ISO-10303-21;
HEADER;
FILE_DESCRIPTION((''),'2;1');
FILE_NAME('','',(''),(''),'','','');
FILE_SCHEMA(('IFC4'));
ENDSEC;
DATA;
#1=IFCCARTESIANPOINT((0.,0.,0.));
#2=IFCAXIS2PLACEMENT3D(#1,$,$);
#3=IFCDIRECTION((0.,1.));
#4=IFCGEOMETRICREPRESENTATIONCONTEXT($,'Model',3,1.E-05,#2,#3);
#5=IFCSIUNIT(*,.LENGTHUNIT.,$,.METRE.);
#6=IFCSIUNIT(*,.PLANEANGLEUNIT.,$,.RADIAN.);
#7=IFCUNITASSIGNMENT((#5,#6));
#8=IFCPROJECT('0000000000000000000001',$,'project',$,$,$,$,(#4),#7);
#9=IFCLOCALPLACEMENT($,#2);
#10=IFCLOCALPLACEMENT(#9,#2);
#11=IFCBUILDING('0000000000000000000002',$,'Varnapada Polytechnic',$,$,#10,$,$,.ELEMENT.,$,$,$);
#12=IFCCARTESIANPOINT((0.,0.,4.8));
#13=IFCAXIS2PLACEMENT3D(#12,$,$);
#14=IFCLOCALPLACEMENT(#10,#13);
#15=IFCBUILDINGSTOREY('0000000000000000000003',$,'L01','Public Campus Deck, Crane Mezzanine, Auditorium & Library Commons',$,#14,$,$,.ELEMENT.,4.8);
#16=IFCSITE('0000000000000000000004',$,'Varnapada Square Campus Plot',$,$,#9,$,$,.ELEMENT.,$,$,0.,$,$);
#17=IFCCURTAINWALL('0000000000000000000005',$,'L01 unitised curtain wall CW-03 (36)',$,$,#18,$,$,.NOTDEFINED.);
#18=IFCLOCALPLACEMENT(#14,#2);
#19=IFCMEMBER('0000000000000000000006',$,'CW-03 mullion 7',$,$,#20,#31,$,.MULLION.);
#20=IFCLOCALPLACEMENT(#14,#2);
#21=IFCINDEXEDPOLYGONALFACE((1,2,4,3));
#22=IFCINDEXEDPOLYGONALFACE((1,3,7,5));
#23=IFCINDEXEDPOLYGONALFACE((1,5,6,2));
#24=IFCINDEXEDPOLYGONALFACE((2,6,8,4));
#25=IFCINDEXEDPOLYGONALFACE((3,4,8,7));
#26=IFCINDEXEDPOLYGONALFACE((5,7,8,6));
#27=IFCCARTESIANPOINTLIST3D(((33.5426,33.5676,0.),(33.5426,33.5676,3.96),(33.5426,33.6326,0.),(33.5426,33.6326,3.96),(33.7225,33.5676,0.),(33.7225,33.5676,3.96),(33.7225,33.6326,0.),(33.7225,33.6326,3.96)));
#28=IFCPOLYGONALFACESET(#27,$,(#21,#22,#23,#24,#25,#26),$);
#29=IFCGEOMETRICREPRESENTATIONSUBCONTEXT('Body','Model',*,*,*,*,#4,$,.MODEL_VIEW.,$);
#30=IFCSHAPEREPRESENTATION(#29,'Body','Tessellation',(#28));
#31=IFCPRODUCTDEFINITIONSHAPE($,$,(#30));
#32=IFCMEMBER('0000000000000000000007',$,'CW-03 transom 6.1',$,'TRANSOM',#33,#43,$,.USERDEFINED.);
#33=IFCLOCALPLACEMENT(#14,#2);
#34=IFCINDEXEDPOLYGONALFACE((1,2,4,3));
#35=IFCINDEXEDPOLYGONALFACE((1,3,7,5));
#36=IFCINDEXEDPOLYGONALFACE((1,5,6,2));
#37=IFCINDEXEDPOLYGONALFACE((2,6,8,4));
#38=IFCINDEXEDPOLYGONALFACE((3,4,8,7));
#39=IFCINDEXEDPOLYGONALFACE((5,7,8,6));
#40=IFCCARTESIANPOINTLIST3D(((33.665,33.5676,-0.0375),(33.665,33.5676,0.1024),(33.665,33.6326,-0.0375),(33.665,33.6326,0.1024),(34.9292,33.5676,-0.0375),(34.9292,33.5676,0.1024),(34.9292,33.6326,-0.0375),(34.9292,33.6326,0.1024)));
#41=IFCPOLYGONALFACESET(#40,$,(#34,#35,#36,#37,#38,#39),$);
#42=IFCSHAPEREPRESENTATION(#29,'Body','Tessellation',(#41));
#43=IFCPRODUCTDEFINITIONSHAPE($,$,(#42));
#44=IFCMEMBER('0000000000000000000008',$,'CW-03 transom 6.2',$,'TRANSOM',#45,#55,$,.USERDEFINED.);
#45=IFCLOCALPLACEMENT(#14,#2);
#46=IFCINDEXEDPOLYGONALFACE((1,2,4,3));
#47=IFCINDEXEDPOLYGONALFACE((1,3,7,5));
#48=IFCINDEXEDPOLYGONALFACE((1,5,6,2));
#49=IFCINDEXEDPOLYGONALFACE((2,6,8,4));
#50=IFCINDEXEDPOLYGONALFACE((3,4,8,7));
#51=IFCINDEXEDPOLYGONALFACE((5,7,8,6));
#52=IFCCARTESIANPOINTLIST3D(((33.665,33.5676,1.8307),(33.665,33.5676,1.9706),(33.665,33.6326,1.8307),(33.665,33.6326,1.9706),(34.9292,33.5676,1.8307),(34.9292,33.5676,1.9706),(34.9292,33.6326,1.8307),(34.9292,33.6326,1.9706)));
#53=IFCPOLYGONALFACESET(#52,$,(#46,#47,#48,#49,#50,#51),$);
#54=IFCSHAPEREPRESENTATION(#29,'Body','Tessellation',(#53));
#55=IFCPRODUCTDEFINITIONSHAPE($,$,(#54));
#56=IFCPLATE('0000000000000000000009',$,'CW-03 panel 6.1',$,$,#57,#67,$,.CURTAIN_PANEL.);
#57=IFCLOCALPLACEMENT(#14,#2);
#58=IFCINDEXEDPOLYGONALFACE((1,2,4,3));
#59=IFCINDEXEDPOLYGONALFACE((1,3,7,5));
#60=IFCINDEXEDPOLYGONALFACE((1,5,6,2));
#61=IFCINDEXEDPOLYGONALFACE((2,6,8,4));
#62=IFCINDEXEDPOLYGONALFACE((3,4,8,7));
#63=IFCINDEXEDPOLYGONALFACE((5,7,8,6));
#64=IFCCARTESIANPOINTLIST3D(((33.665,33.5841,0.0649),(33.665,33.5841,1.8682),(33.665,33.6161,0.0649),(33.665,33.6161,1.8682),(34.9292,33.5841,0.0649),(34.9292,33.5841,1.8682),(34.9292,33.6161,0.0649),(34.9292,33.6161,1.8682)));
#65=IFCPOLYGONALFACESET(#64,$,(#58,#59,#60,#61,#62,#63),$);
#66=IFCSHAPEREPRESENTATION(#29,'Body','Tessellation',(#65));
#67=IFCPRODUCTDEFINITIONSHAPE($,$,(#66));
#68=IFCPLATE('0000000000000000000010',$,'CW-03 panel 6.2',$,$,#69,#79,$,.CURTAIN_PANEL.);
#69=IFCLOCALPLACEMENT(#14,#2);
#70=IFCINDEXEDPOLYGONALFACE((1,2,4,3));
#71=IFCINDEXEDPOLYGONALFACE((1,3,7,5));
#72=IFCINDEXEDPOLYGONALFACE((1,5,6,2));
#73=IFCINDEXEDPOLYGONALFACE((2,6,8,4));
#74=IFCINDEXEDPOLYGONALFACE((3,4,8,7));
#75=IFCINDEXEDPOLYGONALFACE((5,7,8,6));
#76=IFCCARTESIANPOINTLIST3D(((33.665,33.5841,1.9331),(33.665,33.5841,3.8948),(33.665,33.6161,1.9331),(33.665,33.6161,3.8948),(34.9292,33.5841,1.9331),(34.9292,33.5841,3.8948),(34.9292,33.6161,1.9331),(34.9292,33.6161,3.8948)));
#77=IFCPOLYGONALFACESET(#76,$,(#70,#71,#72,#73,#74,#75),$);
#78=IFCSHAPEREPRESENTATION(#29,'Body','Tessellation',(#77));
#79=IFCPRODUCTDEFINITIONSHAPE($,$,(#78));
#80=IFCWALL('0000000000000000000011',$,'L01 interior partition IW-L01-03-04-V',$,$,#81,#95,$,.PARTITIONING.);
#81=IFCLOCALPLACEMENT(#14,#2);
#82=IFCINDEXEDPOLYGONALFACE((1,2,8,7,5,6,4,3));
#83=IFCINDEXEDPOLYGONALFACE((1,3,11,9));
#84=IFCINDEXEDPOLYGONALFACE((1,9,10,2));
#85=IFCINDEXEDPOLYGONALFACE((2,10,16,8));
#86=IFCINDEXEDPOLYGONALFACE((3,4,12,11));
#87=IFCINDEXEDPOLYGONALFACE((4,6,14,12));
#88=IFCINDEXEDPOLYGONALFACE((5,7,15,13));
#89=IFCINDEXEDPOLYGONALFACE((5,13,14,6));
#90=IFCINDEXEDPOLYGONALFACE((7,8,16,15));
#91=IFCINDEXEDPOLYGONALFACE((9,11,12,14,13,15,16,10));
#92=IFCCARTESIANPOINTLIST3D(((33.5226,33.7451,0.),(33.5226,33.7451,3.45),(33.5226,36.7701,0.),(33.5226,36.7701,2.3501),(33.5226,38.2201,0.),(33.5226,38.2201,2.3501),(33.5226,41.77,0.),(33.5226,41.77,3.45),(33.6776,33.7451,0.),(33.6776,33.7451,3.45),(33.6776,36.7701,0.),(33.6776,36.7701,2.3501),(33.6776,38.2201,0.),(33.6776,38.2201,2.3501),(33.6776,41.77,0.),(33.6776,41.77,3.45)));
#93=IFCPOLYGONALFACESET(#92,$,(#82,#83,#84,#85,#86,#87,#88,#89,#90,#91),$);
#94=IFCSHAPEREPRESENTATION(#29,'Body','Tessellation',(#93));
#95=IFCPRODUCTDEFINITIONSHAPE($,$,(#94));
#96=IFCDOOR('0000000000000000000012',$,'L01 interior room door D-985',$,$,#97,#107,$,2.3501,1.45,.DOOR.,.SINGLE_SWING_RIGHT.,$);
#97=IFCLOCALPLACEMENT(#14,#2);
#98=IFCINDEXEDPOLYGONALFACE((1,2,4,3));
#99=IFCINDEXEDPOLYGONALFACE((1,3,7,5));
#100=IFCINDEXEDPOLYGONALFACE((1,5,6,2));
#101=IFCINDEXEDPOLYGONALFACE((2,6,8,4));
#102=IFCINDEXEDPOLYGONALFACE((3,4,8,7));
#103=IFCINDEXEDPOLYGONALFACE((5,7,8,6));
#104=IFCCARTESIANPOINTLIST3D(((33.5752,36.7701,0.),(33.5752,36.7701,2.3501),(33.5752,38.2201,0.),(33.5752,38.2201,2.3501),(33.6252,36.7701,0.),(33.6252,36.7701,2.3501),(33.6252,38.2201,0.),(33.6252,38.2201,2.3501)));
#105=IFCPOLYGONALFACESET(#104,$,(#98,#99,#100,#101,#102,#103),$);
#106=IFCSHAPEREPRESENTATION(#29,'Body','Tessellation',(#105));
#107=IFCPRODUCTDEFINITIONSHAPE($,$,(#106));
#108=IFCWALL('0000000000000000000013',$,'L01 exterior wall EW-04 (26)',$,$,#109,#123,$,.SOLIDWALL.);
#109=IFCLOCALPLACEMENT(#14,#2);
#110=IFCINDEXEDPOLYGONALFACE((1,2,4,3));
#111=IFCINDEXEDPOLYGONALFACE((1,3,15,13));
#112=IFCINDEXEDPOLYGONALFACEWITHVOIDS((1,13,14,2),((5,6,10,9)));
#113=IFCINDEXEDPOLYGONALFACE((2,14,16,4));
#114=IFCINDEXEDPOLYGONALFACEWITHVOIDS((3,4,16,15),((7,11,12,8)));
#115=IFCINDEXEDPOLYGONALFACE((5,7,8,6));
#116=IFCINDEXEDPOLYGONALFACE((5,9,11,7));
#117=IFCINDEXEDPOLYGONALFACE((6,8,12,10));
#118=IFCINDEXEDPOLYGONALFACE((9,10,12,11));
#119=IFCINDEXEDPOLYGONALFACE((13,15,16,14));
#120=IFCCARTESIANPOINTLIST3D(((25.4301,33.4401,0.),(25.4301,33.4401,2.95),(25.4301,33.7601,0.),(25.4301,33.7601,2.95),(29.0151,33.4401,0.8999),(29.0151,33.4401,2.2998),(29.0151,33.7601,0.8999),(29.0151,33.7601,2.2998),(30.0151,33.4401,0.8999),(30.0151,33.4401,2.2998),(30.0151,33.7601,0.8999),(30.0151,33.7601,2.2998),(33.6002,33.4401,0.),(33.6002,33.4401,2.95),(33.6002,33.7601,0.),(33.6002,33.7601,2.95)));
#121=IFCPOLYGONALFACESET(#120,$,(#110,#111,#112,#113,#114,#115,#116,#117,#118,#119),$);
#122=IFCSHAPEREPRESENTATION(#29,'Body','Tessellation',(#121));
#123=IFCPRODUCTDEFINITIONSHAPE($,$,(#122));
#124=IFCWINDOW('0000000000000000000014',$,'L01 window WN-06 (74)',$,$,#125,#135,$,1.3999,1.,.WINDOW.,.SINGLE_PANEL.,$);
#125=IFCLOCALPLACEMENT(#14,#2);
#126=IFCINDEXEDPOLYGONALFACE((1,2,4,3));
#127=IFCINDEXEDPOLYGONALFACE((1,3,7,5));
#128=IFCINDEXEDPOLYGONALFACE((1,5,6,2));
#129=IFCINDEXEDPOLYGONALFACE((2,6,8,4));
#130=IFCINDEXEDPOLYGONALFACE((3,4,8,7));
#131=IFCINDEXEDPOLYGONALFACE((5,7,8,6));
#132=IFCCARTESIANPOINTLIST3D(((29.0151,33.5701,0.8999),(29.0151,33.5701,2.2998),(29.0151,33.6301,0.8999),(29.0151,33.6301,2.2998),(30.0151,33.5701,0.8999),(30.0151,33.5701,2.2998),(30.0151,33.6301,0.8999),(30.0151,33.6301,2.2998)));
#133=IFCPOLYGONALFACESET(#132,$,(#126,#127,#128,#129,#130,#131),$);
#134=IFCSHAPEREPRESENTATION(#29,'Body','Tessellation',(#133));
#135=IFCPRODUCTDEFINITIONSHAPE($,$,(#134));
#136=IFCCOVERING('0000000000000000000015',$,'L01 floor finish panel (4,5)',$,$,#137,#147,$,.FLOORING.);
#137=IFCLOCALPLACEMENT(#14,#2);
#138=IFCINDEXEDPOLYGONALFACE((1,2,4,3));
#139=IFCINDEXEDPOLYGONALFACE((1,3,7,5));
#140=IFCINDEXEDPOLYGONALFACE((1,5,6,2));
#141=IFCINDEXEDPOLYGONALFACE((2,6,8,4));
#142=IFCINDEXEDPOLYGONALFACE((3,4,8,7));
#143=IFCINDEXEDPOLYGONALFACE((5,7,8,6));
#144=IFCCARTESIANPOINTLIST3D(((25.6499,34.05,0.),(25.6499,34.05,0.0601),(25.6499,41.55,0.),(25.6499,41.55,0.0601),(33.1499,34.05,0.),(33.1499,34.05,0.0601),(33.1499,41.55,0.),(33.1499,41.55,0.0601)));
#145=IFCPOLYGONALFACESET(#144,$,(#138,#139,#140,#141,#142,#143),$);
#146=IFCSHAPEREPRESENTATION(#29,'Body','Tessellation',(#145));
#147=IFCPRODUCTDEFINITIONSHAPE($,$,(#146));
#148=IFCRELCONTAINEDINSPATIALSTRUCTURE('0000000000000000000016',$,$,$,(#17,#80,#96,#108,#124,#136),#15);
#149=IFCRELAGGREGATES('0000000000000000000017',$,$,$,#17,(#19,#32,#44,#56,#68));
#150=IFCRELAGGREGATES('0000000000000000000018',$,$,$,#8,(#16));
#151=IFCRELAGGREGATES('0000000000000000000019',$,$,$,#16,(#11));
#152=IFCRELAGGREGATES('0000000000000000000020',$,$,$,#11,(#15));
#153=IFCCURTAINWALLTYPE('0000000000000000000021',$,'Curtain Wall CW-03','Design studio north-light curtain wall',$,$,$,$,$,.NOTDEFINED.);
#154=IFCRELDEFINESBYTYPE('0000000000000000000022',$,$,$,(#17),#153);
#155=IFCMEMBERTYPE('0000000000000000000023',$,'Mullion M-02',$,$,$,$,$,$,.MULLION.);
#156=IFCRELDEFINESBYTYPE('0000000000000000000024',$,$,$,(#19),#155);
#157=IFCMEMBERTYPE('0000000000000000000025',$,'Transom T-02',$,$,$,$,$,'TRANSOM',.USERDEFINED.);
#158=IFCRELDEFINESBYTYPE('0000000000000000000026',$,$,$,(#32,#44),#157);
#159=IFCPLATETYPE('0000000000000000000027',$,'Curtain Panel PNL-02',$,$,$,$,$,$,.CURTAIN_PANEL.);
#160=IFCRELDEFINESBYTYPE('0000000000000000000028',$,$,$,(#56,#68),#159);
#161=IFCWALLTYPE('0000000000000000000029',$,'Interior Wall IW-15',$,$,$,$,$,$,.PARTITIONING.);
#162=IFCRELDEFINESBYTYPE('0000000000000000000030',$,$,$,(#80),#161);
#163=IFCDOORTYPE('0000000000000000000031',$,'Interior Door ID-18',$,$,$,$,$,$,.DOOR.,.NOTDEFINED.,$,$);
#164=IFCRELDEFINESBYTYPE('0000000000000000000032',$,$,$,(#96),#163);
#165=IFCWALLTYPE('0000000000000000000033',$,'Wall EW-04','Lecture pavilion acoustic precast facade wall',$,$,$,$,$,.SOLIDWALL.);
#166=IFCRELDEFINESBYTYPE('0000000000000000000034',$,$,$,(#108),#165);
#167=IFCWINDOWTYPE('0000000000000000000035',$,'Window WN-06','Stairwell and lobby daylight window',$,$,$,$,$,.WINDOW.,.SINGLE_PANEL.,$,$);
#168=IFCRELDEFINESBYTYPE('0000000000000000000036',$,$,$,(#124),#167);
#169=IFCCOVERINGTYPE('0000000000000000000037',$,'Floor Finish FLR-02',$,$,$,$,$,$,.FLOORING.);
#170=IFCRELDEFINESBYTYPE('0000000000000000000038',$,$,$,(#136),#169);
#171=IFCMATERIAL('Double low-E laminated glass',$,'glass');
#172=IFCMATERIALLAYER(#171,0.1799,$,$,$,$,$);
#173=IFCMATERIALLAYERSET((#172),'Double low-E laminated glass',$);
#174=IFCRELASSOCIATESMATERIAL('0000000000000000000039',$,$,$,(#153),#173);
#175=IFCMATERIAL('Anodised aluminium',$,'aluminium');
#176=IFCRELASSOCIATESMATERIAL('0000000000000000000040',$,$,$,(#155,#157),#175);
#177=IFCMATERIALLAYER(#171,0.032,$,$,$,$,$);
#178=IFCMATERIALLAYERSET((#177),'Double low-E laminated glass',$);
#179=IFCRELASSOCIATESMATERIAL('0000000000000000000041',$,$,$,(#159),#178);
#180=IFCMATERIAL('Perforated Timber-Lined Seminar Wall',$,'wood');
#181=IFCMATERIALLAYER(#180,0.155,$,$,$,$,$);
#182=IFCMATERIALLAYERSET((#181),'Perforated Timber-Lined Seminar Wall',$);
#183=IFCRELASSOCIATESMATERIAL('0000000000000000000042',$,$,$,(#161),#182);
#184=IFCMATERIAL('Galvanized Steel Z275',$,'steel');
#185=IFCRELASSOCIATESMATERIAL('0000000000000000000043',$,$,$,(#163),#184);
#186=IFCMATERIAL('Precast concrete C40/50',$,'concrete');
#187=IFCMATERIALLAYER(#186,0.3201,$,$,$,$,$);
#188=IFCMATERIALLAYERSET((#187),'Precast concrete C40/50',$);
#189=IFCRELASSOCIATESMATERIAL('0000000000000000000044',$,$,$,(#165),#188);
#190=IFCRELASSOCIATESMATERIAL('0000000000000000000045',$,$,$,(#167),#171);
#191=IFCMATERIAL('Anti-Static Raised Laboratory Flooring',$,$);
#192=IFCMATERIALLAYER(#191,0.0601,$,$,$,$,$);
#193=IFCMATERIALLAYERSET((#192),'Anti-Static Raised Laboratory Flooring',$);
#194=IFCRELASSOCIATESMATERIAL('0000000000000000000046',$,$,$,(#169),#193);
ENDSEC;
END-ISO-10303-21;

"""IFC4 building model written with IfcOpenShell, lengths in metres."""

from ifc_helpers import new_model, si_unit, direction, frame, frame_2d, origin, origin_2d, place, context, subcontext, project, spatial, rectangle, extrude, material, layer, layer_set, material_profile, profile_set, type_object, element, fill, aggregate, save


model = new_model("IFC4")

# Units and contexts
model_context = context("Model", 3, precision=1e-05, world=origin(), true_north=direction((0.0, 1.0)))
body_context = subcontext(model_context, "Body", "Model", "MODEL_VIEW")
ifc_project = project(units=[si_unit("LENGTHUNIT", "METRE"), si_unit("PLANEANGLEUNIT", "RADIAN")], contexts=[model_context])

# Site, building, storey
site_placement = place(None, origin())
site = spatial("IfcSite", under=ifc_project, at=site_placement, Name="Varnapada Square Campus Plot", CompositionType="ELEMENT", RefElevation=0.0)
building_placement = place(site_placement, origin())
building = spatial("IfcBuilding", under=site, at=building_placement, Name="Varnapada Polytechnic", CompositionType="ELEMENT")
storey_placement = place(building_placement, frame((0.0, 0.0, 4.8)))
storey = spatial("IfcBuildingStorey", under=building, at=storey_placement, Name="L01", Description="Public Campus Deck, Crane Mezzanine, Auditorium & Library Commons", CompositionType="ELEMENT", Elevation=4.8)

# Curtain wall, members, plates
ifc_material_1 = material(Name="Double low-E laminated glass", Category="glass")
ifc_layer_1 = layer(ifc_material_1, 0.1799)
ifc_layer_set_1 = layer_set([ifc_layer_1], Name="Double low-E laminated glass")
curtain_wall_type = type_object("IfcCurtainWallType", Name="Curtain Wall CW-03", Description="Design studio north-light curtain wall", PredefinedType="NOTDEFINED", material=ifc_layer_set_1)
curtain_wall_placement = place(storey_placement, origin())
curtain_wall = element("IfcCurtainWall", 1, at=curtain_wall_placement, inside=storey, type_object=curtain_wall_type, Name="L01 unitised curtain wall CW-03 (36)", PredefinedType="NOTDEFINED")
ifc_material_2 = material(Name="Anodised aluminium", Category="aluminium")
ifc_material_profile_1 = material_profile(ifc_material_2, rectangle(XDim=0.0649, YDim=0.1799, at=origin_2d()), Name="ALU M65x180")
ifc_profile_set_1 = profile_set([ifc_material_profile_1], Name="Anodised aluminium")
member_type_1 = type_object("IfcMemberType", Name="Mullion M-02", PredefinedType="MULLION", material=ifc_profile_set_1)
member_1_placement = place(storey_placement, frame((33.6326, 33.6001, 0.0), z_axis=(0.0, 0.0, 1.0), x_axis=(0.0, -1.0, 0.0)))
member_1 = element("IfcMember", 2, at=member_1_placement, type_object=member_type_1, Name="CW-03 mullion 7", PredefinedType="MULLION", context=body_context, shape_type="SweptSolid", body=[
    extrude(rectangle(XDim=0.0649, YDim=0.1799, at=origin_2d()), origin(), (0.0, 0.0, 1.0), 3.96),
])
ifc_material_profile_2 = material_profile(ifc_material_2, rectangle(XDim=0.0649, YDim=0.1399, at=origin_2d()), Name="ALU T65x140")
ifc_profile_set_2 = profile_set([ifc_material_profile_2], Name="Anodised aluminium")
member_type_2 = type_object("IfcMemberType", Name="Transom T-02", ElementType="TRANSOM", PredefinedType="USERDEFINED", material=ifc_profile_set_2)
member_2_placement = place(storey_placement, frame((34.9292, 33.6001, 0.0325), z_axis=(-1.0, 0.0, 0.0), x_axis=(0.0, -1.0, 0.0)))
member_2 = element("IfcMember", 3, at=member_2_placement, type_object=member_type_2, Name="CW-03 transom 6.1", ObjectType="TRANSOM", PredefinedType="USERDEFINED", context=body_context, shape_type="SweptSolid", body=[
    extrude(rectangle(XDim=0.0649, YDim=0.1399, at=origin_2d()), origin(), (0.0, 0.0, 1.0), 1.2642),
])
member_3_placement = place(storey_placement, frame((34.9292, 33.6001, 1.9006), z_axis=(-1.0, 0.0, 0.0), x_axis=(0.0, -1.0, 0.0)))
member_3 = element("IfcMember", 4, at=member_3_placement, type_object=member_type_2, Name="CW-03 transom 6.2", ObjectType="TRANSOM", PredefinedType="USERDEFINED", context=body_context, shape_type="SweptSolid", body=[
    extrude(rectangle(XDim=0.0649, YDim=0.1399, at=origin_2d()), origin(), (0.0, 0.0, 1.0), 1.2642),
])
ifc_layer_2 = layer(ifc_material_1, 0.032)
ifc_layer_set_2 = layer_set([ifc_layer_2], Name="Double low-E laminated glass")
plate_type = type_object("IfcPlateType", Name="Curtain Panel PNL-02", PredefinedType="CURTAIN_PANEL", material=ifc_layer_set_2)
plate_1_placement = place(storey_placement, frame((34.2971, 33.6001, 0.0649), z_axis=(0.0, 0.0, 1.0), x_axis=(-1.0, 0.0, 0.0)))
plate_1 = element("IfcPlate", 5, at=plate_1_placement, type_object=plate_type, Name="CW-03 panel 6.1", PredefinedType="CURTAIN_PANEL", context=body_context, shape_type="SweptSolid", body=[
    extrude(rectangle(XDim=1.2642, YDim=0.032, at=origin_2d()), origin(), (0.0, 0.0, 1.0), 1.8032),
])
plate_2_placement = place(storey_placement, frame((34.2971, 33.6001, 1.9331), z_axis=(0.0, 0.0, 1.0), x_axis=(-1.0, 0.0, 0.0)))
plate_2 = element("IfcPlate", 6, at=plate_2_placement, type_object=plate_type, Name="CW-03 panel 6.2", PredefinedType="CURTAIN_PANEL", context=body_context, shape_type="SweptSolid", body=[
    extrude(rectangle(XDim=1.2642, YDim=0.032, at=origin_2d()), origin(), (0.0, 0.0, 1.0), 1.9617),
])
aggregate(curtain_wall, [member_1, member_2, member_3, plate_1, plate_2])

# Wall, opening, door
ifc_material_3 = material(Name="Perforated Timber-Lined Seminar Wall", Category="wood")
ifc_layer_3 = layer(ifc_material_3, 0.155)
ifc_layer_set_3 = layer_set([ifc_layer_3], Name="Perforated Timber-Lined Seminar Wall")
wall_type_1 = type_object("IfcWallType", Name="Interior Wall IW-15", PredefinedType="PARTITIONING", material=ifc_layer_set_3)
wall_1_placement = place(storey_placement, frame((33.6001, 33.7451, 0.0), z_axis=(0.0, 0.0, 1.0), x_axis=(0.0, 1.0, 0.0)))
wall_1 = element("IfcWall", 7, at=wall_1_placement, inside=storey, type_object=wall_type_1, Name="L01 interior partition IW-L01-03-04-V", PredefinedType="PARTITIONING", context=body_context, shape_type="SweptSolid", body=[
    extrude(rectangle(XDim=8.0249, YDim=0.155, at=frame_2d((4.0125, 0.0))), origin(), (0.0, 0.0, 1.0), 3.45),
])
opening_1_placement = place(wall_1_placement, frame((3.0249, 0.0, 0.0)))
opening_1 = element("IfcOpeningElement", 8, at=opening_1_placement, cuts=wall_1, PredefinedType="OPENING", context=body_context, shape_type="SweptSolid", body=[
    extrude(rectangle(XDim=1.45, YDim=2.3501, at=frame_2d((0.7251, 1.175))), frame((0.0, 0.0874, 0.0), z_axis=(0.0, -1.0, 0.0), x_axis=(1.0, 0.0, 0.0)), (0.0, 0.0, 1.0), 0.175),
])
ifc_material_4 = material(Name="Galvanized Steel Z275", Category="steel")
door_type = type_object("IfcDoorType", Name="Interior Door ID-18", OperationType="NOTDEFINED", PredefinedType="DOOR", material=ifc_material_4)
door_placement = place(opening_1_placement, origin())
door = element("IfcDoor", 9, at=door_placement, inside=storey, type_object=door_type, Name="L01 interior room door D-985", OperationType="SINGLE_SWING_RIGHT", OverallHeight=2.3501, OverallWidth=1.45, PredefinedType="DOOR", context=body_context, shape_type="SweptSolid", body=[
    extrude(rectangle(XDim=1.45, YDim=2.3501, at=frame_2d((0.7251, 1.175))), frame((0.0, 0.0249, 0.0), z_axis=(0.0, -1.0, 0.0), x_axis=(1.0, 0.0, 0.0)), (0.0, 0.0, 1.0), 0.05),
])
fill(opening_1, door)

# Wall, opening, window
ifc_material_5 = material(Name="Precast concrete C40/50", Category="concrete")
ifc_layer_4 = layer(ifc_material_5, 0.3201)
ifc_layer_set_4 = layer_set([ifc_layer_4], Name="Precast concrete C40/50")
wall_type_2 = type_object("IfcWallType", Name="Wall EW-04", Description="Lecture pavilion acoustic precast facade wall", PredefinedType="SOLIDWALL", material=ifc_layer_set_4)
wall_2_placement = place(storey_placement, frame((33.6001, 33.6001, 0.0), z_axis=(0.0, 0.0, 1.0), x_axis=(-1.0, 0.0, 0.0)))
wall_2 = element("IfcWall", 10, at=wall_2_placement, inside=storey, type_object=wall_type_2, Name="L01 exterior wall EW-04 (26)", PredefinedType="SOLIDWALL", context=body_context, shape_type="SweptSolid", body=[
    extrude(rectangle(XDim=8.1702, YDim=0.3201, at=frame_2d((4.085, 0.0))), origin(), (0.0, 0.0, 1.0), 2.95),
])
opening_2_placement = place(wall_2_placement, frame((3.585, 0.0, 0.8999)))
opening_2 = element("IfcOpeningElement", 11, at=opening_2_placement, cuts=wall_2, PredefinedType="OPENING", context=body_context, shape_type="SweptSolid", body=[
    extrude(rectangle(XDim=1.0, YDim=1.3999, at=frame_2d((0.5, 0.7))), frame((0.0, 0.1699, 0.0), z_axis=(0.0, -1.0, 0.0), x_axis=(1.0, 0.0, 0.0)), (0.0, 0.0, 1.0), 0.3401),
])
window_type = type_object("IfcWindowType", Name="Window WN-06", Description="Stairwell and lobby daylight window", PartitioningType="SINGLE_PANEL", PredefinedType="WINDOW", material=ifc_material_1)
window_placement = place(opening_2_placement, origin())
window = element("IfcWindow", 12, at=window_placement, inside=storey, type_object=window_type, Name="L01 window WN-06 (74)", OverallHeight=1.3999, OverallWidth=1.0, PartitioningType="SINGLE_PANEL", PredefinedType="WINDOW", context=body_context, shape_type="SweptSolid", body=[
    extrude(rectangle(XDim=1.0, YDim=1.3999, at=frame_2d((0.5, 0.7))), frame((0.0, 0.03, 0.0), z_axis=(0.0, -1.0, 0.0), x_axis=(1.0, 0.0, 0.0)), (0.0, 0.0, 1.0), 0.0601),
])
fill(opening_2, window)

# Covering
ifc_material_6 = material(Name="Anti-Static Raised Laboratory Flooring")
ifc_layer_5 = layer(ifc_material_6, 0.0601)
ifc_layer_set_5 = layer_set([ifc_layer_5], Name="Anti-Static Raised Laboratory Flooring")
covering_type_1 = type_object("IfcCoveringType", Name="Floor Finish FLR-02", PredefinedType="FLOORING", material=ifc_layer_set_5)
covering_1_placement = place(storey_placement, frame((29.3999, 37.8, 0.0), z_axis=(0.0, 0.0, 1.0), x_axis=(1.0, 0.0, 0.0)))
element("IfcCovering", 13, at=covering_1_placement, inside=storey, type_object=covering_type_1, Name="L01 floor finish panel (4,5)", PredefinedType="FLOORING", context=body_context, shape_type="SweptSolid", body=[
    extrude(rectangle(XDim=7.5, YDim=7.5, at=origin_2d()), origin(), (0.0, 0.0, 1.0), 0.0601),
])

save(model, "model.ifc")
